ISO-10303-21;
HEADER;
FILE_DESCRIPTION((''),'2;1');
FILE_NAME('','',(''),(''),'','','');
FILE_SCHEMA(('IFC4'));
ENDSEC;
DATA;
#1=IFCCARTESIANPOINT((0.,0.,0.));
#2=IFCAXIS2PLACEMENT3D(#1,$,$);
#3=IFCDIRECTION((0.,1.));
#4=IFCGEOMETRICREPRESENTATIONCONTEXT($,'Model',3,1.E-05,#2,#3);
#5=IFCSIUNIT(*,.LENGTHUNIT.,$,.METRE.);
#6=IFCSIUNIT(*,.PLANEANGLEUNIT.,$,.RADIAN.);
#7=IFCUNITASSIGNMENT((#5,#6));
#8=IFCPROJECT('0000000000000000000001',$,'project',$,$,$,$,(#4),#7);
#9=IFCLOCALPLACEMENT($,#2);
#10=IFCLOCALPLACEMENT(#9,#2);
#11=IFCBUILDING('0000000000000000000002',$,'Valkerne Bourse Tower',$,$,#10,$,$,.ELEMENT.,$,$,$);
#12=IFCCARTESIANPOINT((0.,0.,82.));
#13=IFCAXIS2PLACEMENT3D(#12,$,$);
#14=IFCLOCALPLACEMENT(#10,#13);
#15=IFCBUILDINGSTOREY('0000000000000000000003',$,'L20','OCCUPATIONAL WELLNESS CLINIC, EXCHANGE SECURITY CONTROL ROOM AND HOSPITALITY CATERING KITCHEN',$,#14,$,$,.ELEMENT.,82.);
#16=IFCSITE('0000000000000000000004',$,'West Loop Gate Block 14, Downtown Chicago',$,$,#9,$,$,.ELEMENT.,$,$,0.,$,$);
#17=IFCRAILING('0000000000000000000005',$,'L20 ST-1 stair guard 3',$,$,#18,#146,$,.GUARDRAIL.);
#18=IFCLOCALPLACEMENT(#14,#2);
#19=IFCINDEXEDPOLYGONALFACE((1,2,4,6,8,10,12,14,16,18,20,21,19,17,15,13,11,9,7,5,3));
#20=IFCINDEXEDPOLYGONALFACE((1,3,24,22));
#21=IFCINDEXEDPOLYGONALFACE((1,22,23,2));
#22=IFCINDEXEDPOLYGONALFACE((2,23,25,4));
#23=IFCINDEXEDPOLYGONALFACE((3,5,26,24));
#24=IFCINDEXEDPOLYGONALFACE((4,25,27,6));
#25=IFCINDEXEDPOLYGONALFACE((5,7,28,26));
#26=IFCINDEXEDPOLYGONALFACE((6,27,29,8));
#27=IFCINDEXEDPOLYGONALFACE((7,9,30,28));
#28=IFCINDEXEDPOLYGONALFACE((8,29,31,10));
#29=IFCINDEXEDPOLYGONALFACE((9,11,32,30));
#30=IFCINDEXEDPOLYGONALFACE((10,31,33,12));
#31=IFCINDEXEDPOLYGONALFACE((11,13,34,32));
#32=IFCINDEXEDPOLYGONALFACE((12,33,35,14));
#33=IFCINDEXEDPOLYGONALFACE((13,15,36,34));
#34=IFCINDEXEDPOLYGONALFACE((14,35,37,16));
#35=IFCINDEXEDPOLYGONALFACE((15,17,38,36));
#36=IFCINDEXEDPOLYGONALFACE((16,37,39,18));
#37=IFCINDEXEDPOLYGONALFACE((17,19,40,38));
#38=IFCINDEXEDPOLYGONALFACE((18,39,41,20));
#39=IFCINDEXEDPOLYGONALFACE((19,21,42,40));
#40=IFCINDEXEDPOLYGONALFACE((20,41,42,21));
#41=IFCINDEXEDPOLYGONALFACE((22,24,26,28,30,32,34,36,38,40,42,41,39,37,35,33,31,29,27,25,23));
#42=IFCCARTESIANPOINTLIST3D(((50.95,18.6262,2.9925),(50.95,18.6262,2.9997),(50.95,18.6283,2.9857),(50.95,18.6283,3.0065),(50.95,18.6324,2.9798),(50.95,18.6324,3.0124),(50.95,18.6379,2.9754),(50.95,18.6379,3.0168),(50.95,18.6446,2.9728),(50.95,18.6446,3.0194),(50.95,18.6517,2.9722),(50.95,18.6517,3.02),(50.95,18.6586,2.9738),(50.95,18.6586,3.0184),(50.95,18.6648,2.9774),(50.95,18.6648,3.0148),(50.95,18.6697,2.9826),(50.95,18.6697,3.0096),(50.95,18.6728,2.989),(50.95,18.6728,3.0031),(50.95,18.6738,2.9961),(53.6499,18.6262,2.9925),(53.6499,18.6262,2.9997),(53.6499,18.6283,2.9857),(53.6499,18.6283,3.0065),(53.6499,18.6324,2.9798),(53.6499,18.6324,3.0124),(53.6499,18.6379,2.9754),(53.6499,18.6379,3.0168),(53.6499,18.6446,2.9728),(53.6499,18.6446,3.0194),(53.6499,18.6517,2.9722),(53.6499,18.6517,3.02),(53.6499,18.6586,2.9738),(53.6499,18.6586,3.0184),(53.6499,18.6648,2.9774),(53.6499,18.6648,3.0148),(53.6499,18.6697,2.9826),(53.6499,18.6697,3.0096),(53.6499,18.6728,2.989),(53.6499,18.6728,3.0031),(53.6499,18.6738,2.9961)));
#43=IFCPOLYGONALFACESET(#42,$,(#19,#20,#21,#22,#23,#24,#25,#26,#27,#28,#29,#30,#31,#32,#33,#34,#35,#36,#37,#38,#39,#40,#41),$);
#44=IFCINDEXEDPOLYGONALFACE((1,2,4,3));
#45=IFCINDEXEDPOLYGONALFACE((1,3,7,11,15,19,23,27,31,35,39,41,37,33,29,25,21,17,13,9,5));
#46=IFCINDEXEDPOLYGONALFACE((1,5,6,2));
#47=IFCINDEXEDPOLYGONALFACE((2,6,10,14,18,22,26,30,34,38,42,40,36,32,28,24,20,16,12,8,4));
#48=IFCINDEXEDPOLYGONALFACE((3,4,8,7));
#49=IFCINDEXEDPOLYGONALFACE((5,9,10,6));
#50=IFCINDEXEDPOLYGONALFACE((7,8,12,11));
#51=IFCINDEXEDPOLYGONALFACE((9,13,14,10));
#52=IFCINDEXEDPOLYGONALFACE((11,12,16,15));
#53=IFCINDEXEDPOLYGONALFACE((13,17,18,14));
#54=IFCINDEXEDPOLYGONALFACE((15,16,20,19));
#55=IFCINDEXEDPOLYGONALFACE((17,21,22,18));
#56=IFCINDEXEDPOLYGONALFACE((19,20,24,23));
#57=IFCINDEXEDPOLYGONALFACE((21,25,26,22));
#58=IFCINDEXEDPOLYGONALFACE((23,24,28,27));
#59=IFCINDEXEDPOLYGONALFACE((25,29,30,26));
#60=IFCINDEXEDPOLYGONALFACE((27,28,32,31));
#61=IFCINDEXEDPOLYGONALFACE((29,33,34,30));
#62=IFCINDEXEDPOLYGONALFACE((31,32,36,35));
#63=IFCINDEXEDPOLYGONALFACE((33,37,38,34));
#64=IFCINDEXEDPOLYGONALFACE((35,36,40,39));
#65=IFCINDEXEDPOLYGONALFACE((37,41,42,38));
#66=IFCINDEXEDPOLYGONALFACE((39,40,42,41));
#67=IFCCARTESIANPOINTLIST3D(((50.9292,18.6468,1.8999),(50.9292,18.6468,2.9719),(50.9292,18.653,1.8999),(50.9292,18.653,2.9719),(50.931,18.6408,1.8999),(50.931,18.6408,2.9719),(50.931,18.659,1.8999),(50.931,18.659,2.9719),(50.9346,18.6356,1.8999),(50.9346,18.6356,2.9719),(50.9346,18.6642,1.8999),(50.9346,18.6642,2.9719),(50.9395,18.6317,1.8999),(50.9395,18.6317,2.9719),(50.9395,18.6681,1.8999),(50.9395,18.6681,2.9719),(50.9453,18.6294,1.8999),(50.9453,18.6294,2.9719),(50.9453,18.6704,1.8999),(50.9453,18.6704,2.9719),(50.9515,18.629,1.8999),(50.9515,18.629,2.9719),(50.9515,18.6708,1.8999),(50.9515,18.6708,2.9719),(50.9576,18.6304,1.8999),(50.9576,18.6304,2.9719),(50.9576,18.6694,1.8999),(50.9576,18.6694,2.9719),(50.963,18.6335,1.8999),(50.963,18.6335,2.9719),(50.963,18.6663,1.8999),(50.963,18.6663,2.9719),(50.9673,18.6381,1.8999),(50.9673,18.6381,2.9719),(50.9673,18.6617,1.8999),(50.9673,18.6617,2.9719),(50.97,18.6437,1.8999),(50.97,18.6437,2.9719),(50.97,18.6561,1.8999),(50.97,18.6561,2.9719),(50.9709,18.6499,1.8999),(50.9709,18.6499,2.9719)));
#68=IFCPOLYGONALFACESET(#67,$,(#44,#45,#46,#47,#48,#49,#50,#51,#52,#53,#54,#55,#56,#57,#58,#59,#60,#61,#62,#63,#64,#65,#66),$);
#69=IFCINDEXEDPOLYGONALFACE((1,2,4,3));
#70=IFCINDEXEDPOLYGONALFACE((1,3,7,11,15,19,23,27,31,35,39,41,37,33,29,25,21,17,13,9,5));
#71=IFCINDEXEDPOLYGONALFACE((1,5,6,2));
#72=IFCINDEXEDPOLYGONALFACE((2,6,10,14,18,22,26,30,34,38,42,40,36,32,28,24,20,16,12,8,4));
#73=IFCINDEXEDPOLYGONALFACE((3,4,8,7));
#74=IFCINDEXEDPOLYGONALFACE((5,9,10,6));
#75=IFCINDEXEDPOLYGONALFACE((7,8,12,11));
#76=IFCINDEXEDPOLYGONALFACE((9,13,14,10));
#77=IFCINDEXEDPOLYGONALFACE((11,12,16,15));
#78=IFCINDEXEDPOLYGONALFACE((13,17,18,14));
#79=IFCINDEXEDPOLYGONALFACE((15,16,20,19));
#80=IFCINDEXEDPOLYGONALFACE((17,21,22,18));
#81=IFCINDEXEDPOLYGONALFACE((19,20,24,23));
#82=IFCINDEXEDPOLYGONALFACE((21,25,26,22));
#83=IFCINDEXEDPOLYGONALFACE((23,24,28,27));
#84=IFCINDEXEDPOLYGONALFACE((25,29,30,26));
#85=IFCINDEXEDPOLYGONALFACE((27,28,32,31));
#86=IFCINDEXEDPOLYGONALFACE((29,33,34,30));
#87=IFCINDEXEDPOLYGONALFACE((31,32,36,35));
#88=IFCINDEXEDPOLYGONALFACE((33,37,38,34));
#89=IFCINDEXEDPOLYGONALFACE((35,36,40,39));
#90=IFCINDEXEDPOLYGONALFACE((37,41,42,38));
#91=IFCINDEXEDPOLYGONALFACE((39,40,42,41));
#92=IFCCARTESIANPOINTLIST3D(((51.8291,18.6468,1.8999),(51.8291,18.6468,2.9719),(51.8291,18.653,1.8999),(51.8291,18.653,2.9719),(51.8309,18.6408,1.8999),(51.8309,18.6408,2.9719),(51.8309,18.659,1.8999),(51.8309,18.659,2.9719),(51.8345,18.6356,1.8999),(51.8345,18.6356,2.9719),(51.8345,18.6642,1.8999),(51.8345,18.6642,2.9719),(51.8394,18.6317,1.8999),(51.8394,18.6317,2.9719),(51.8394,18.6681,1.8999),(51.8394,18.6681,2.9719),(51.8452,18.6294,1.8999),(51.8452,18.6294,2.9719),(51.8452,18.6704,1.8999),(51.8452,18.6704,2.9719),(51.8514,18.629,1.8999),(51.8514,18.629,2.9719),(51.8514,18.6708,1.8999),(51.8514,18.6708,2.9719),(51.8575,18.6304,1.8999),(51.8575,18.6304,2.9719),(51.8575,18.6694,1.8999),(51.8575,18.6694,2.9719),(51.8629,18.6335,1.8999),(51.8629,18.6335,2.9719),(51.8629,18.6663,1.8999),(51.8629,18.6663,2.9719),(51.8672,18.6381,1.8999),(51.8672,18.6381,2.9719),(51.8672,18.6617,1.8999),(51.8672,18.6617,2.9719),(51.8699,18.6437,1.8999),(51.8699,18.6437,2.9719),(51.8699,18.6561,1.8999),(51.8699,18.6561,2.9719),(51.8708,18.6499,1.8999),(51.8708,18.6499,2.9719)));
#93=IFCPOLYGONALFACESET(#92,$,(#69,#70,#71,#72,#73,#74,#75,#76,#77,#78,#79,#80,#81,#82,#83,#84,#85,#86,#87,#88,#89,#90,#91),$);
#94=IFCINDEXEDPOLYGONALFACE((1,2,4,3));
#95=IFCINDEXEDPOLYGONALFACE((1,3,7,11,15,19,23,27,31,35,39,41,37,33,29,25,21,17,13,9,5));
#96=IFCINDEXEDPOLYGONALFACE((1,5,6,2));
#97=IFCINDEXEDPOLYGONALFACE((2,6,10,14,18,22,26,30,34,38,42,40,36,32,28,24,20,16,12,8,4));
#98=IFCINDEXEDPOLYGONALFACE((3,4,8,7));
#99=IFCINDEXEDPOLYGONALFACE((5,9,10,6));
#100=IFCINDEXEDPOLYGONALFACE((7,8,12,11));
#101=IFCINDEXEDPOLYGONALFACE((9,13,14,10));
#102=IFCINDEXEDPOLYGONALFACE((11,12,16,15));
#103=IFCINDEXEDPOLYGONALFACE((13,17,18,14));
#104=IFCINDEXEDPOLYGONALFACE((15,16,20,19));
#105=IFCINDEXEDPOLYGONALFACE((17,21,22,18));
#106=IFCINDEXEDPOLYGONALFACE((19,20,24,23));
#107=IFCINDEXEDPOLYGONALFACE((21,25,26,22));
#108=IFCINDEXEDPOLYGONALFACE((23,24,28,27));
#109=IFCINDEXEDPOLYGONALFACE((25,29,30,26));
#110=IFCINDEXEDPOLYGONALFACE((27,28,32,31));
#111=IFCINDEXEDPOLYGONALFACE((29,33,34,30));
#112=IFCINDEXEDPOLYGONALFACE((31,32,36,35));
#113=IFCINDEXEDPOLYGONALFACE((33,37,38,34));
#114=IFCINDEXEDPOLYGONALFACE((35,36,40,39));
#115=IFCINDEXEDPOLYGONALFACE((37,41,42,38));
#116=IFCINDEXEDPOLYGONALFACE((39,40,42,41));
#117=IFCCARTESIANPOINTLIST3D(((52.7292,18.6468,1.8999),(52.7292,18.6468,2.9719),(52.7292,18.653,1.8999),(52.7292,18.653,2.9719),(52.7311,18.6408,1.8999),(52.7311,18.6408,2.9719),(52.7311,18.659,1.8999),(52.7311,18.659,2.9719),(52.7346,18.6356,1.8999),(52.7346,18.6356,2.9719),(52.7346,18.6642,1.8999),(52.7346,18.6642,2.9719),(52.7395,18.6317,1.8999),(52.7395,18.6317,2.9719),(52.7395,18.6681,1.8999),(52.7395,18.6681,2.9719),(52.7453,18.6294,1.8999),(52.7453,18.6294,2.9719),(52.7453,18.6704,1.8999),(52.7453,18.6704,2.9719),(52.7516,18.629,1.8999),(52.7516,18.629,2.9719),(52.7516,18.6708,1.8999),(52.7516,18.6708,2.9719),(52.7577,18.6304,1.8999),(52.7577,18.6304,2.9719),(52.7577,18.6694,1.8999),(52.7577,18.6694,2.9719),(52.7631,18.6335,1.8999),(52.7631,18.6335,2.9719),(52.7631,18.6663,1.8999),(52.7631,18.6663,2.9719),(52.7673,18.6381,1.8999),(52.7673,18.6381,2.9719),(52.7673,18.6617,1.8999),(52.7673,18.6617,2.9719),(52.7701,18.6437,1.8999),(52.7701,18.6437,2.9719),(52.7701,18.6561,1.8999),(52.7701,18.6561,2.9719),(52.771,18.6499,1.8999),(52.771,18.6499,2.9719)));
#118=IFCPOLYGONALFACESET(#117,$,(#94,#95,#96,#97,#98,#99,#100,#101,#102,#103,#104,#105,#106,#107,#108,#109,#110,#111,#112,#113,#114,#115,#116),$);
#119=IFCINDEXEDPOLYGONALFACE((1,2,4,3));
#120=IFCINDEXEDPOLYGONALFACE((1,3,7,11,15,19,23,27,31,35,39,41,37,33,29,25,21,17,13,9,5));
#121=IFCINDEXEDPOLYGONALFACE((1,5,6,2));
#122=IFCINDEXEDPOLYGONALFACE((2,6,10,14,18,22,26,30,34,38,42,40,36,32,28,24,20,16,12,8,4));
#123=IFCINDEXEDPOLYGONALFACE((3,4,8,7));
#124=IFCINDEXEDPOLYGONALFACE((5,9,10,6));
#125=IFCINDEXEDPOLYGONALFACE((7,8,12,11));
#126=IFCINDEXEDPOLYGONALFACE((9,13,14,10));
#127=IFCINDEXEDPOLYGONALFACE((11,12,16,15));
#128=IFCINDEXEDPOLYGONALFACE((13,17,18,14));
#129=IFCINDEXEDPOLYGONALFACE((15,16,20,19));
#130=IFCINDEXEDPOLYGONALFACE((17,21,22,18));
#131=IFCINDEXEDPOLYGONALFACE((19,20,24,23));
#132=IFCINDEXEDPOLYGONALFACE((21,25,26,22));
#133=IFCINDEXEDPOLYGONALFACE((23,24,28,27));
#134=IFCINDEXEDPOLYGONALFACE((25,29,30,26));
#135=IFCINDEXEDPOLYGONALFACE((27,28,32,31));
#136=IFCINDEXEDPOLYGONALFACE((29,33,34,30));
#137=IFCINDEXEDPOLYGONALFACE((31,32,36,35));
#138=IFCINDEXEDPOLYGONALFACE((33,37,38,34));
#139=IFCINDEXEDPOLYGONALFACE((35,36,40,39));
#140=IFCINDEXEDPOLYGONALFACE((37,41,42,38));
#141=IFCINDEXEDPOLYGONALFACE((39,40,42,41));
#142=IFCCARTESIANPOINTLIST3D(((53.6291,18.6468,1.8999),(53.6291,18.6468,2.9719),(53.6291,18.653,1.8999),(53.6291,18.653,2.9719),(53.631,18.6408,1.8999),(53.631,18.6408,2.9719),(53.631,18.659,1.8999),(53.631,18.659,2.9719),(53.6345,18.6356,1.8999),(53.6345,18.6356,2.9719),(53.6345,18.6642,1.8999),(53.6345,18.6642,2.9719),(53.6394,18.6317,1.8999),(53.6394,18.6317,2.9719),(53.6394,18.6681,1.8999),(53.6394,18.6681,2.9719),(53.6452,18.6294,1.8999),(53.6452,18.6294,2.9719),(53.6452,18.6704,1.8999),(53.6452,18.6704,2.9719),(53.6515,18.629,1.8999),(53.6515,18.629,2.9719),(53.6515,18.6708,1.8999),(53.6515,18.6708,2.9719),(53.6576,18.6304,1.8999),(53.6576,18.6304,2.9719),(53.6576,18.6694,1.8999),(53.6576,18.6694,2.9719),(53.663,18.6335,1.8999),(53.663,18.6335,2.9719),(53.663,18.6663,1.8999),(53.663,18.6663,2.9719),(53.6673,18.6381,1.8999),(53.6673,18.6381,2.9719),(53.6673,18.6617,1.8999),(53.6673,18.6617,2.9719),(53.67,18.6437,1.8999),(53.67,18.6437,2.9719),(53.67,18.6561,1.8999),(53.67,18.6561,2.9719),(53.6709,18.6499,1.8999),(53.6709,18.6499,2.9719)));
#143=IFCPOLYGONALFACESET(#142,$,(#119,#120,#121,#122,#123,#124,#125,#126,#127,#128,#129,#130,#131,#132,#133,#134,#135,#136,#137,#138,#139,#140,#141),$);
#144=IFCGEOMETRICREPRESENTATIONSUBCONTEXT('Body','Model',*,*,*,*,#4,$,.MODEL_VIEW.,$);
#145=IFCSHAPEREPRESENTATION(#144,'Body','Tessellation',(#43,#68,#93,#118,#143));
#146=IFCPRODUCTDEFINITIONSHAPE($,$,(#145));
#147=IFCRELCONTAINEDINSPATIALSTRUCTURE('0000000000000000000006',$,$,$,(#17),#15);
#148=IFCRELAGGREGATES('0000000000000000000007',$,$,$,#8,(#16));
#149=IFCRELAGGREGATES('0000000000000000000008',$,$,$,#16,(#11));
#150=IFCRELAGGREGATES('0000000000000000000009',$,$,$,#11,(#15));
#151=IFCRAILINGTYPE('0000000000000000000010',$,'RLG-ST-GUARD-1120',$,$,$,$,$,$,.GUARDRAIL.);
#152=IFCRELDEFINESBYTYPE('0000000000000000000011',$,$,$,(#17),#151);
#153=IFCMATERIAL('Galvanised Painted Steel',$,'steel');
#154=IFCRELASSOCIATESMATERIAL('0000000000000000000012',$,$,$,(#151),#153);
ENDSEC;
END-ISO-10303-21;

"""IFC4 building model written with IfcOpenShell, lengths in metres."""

from ifc_helpers import new_model, si_unit, direction, frame, origin, origin_2d, place, context, subcontext, project, spatial, circle, extrude, material, type_object, element, save


model = new_model("IFC4")

# Units and contexts
model_context = context("Model", 3, precision=1e-05, world=origin(), true_north=direction((0.0, 1.0)))
body_context = subcontext(model_context, "Body", "Model", "MODEL_VIEW")
ifc_project = project(units=[si_unit("LENGTHUNIT", "METRE"), si_unit("PLANEANGLEUNIT", "RADIAN")], contexts=[model_context])

# Site, building, storey
site_placement = place(None, origin())
site = spatial("IfcSite", under=ifc_project, at=site_placement, Name="West Loop Gate Block 14, Downtown Chicago", CompositionType="ELEMENT", RefElevation=0.0)
building_placement = place(site_placement, origin())
building = spatial("IfcBuilding", under=site, at=building_placement, Name="Valkerne Bourse Tower", CompositionType="ELEMENT")
storey_placement = place(building_placement, frame((0.0, 0.0, 82.0)))
storey = spatial("IfcBuildingStorey", under=building, at=storey_placement, Name="L20", Description="OCCUPATIONAL WELLNESS CLINIC, EXCHANGE SECURITY CONTROL ROOM AND HOSPITALITY CATERING KITCHEN", CompositionType="ELEMENT", Elevation=82.0)

# Shared definitions
ifc_material_1 = material(Name="Galvanised Painted Steel", Category="steel")

# Railing
railing_type_1 = type_object("IfcRailingType", Name="RLG-ST-GUARD-1120", PredefinedType="GUARDRAIL", material=ifc_material_1)
railing_1_placement = place(storey_placement, frame((50.95, 18.6499, 1.8999)))
element("IfcRailing", 1, at=railing_1_placement, inside=storey, type_object=railing_type_1, Name="L20 ST-1 stair guard 3", PredefinedType="GUARDRAIL", context=body_context, shape_type="SweptSolid", body=[
    extrude(circle(Radius=0.0239, at=origin_2d()), frame((0.0, 0.0, 1.0962), z_axis=(1.0, 0.0, 0.0), x_axis=(0.0, 1.0, 0.0)), (0.0, 0.0, 1.0), 2.7),
    extrude(circle(Radius=0.021, at=origin_2d()), origin(), (0.0, 0.0, 1.0), 1.072),
    extrude(circle(Radius=0.021, at=origin_2d()), frame((0.8999, 0.0, 0.0)), (0.0, 0.0, 1.0), 1.072),
    extrude(circle(Radius=0.021, at=origin_2d()), frame((1.8, 0.0, 0.0)), (0.0, 0.0, 1.0), 1.072),
    extrude(circle(Radius=0.021, at=origin_2d()), frame((2.7, 0.0, 0.0)), (0.0, 0.0, 1.0), 1.072),
])

save(model, "model.ifc")
